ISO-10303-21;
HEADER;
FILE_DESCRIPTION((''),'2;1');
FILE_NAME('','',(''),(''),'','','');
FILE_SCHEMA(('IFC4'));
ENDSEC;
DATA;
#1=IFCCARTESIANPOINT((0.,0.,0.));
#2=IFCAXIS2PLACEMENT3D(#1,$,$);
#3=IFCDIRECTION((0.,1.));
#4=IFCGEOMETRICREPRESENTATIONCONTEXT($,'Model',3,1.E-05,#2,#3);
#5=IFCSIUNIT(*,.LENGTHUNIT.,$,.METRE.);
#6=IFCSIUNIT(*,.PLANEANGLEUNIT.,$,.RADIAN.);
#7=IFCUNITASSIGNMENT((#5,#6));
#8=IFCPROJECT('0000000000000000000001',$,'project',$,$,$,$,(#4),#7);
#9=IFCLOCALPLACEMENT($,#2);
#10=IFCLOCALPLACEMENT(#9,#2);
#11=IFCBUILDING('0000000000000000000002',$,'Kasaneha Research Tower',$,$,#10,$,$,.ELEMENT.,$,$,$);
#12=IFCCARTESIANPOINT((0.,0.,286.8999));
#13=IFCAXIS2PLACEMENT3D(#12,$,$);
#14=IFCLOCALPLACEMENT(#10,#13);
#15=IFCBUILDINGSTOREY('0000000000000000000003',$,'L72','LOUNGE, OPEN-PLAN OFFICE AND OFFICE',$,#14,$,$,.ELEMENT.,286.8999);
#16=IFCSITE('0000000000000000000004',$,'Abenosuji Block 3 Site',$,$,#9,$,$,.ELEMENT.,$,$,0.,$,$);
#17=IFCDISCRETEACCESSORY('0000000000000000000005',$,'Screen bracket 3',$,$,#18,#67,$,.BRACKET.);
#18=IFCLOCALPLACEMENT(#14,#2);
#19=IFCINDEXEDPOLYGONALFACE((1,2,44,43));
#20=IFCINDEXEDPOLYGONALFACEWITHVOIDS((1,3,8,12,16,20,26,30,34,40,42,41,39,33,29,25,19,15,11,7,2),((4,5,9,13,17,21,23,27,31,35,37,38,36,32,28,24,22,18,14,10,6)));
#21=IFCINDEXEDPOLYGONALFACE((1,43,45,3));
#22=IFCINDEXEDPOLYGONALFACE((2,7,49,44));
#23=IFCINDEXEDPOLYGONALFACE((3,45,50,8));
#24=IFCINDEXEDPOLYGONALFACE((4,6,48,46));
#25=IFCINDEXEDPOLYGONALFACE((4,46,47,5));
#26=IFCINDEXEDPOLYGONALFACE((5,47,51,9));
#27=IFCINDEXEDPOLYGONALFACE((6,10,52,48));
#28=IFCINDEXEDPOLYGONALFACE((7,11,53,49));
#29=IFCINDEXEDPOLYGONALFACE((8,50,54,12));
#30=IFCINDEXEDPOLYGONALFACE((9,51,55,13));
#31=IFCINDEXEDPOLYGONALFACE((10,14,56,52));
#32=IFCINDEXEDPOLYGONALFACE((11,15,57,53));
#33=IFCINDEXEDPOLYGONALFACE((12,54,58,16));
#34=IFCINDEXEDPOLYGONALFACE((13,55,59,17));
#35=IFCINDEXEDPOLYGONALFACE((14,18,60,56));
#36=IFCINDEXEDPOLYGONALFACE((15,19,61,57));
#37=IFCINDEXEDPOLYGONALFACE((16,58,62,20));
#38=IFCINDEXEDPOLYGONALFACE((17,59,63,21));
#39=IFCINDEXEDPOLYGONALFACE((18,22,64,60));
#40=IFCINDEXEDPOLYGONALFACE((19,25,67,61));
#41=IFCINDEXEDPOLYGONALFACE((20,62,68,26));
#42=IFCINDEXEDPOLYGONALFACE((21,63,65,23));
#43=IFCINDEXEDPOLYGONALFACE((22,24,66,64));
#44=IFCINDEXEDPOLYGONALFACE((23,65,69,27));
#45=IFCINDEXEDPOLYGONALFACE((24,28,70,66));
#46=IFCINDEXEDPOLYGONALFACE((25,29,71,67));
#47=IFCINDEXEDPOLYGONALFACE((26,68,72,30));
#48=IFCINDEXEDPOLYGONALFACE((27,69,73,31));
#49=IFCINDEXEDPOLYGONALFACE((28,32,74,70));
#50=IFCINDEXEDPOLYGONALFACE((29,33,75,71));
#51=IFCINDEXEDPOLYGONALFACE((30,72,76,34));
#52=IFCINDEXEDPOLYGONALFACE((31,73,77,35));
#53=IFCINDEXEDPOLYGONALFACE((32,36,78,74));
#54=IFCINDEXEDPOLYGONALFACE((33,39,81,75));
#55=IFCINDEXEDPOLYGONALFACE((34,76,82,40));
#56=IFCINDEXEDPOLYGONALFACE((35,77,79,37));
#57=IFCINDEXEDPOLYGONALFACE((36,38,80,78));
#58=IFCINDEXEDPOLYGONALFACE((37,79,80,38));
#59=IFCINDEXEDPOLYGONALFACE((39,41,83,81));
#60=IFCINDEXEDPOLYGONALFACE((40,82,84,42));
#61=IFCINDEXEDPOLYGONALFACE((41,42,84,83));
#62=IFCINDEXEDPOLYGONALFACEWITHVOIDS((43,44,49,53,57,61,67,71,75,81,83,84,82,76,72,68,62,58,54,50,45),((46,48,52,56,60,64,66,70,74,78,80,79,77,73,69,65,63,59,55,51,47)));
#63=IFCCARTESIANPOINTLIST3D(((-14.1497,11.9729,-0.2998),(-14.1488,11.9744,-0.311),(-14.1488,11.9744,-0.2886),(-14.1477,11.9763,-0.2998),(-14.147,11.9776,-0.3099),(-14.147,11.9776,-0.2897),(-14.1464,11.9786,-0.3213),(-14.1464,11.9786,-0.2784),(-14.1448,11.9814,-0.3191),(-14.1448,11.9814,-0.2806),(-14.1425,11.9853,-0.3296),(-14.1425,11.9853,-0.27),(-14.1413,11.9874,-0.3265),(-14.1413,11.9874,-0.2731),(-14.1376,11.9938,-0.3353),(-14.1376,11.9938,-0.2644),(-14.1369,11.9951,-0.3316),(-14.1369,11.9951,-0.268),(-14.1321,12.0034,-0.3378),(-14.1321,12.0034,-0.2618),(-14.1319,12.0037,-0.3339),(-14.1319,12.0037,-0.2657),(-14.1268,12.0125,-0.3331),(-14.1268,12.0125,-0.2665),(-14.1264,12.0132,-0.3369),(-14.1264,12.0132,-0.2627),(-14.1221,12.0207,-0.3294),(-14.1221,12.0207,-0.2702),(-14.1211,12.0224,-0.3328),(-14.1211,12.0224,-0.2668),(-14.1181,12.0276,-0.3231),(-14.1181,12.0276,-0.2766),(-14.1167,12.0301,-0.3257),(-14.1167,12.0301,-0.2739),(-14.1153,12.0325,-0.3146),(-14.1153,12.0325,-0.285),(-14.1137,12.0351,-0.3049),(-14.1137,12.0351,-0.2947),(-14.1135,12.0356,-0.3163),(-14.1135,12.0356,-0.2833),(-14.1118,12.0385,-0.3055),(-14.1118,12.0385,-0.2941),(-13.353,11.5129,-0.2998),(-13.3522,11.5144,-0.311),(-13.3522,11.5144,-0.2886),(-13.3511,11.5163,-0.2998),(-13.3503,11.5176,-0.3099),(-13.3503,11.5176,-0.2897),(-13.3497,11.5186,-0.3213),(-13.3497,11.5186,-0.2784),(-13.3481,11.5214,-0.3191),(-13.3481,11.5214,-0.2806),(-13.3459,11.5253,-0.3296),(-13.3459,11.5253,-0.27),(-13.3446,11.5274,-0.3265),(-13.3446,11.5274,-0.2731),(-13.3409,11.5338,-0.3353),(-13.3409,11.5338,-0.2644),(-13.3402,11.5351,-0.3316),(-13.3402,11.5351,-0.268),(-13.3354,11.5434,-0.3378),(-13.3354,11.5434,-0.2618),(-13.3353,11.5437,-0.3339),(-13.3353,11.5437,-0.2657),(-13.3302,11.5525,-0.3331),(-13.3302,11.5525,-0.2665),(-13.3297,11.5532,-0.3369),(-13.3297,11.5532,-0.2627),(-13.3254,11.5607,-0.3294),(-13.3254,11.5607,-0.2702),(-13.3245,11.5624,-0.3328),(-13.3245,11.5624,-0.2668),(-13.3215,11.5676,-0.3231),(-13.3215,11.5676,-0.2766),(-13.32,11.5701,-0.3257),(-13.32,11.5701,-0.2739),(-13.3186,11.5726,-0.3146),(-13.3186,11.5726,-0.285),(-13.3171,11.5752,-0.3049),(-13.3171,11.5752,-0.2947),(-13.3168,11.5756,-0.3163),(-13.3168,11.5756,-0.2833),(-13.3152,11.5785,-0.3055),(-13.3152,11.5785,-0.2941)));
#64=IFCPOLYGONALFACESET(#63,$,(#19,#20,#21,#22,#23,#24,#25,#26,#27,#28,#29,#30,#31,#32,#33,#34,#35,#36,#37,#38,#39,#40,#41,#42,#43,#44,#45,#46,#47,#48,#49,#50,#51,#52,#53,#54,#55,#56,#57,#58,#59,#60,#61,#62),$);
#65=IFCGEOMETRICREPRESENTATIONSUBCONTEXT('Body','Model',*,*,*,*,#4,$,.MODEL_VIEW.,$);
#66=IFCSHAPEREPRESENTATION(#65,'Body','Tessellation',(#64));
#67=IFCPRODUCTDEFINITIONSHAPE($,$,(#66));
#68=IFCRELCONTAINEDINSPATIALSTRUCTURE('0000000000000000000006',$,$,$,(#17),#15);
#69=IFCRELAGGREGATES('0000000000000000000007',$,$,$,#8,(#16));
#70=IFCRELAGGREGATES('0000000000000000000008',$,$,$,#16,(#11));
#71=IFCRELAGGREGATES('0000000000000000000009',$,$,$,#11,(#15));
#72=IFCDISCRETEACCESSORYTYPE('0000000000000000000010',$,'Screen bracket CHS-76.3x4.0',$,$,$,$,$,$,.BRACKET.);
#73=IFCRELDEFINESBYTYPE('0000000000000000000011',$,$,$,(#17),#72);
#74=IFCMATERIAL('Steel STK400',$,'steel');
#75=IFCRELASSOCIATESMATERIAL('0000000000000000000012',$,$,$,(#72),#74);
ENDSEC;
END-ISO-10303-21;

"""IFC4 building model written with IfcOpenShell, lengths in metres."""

from ifc_helpers import new_model, si_unit, direction, frame, origin, origin_2d, place, context, subcontext, project, spatial, hollow_circle, extrude, material, material_profile, profile_set, type_object, element, save


model = new_model("IFC4")

# Units and contexts
model_context = context("Model", 3, precision=1e-05, world=origin(), true_north=direction((0.0, 1.0)))
body_context = subcontext(model_context, "Body", "Model", "MODEL_VIEW")
ifc_project = project(units=[si_unit("LENGTHUNIT", "METRE"), si_unit("PLANEANGLEUNIT", "RADIAN")], contexts=[model_context])

# Site, building, storey
site_placement = place(None, origin())
site = spatial("IfcSite", under=ifc_project, at=site_placement, Name="Abenosuji Block 3 Site", CompositionType="ELEMENT", RefElevation=0.0)
building_placement = place(site_placement, origin())
building = spatial("IfcBuilding", under=site, at=building_placement, Name="Kasaneha Research Tower", CompositionType="ELEMENT")
storey_placement = place(building_placement, frame((0.0, 0.0, 286.8999)))
storey = spatial("IfcBuildingStorey", under=building, at=storey_placement, Name="L72", Description="LOUNGE, OPEN-PLAN OFFICE AND OFFICE", CompositionType="ELEMENT", Elevation=286.8999)

# Discrete accessory
ifc_material_1 = material(Name="Steel STK400", Category="steel")
ifc_material_profile_1 = material_profile(ifc_material_1, hollow_circle(Radius=0.0381, WallThickness=0.0039, at=origin_2d()), Name="CHS-76.3x4.0")
ifc_profile_set_1 = profile_set([ifc_material_profile_1], Name="Steel STK400")
discrete_accessory_type = type_object("IfcDiscreteAccessoryType", Name="Screen bracket CHS-76.3x4.0", PredefinedType="BRACKET", material=ifc_profile_set_1)
for number, where, z_axis, x_axis, name in (
    (1, (-13.334, 11.5459, -0.2998), (-0.866013, 0.500021, 0.0), (-0.500021, -0.866013, 0.0), "Screen bracket 3"),
):
    element("IfcDiscreteAccessory", number, at=place(storey_placement, frame(where, z_axis=z_axis, x_axis=x_axis)), inside=storey, type_object=discrete_accessory_type, Name=name, PredefinedType="BRACKET", context=body_context, shape_type="SweptSolid", body=[
        extrude(hollow_circle(Radius=0.0381, WallThickness=0.0039, at=origin_2d()), origin(), (0.0, 0.0, 1.0), 0.9199),
    ])

save(model, "model.ifc")
